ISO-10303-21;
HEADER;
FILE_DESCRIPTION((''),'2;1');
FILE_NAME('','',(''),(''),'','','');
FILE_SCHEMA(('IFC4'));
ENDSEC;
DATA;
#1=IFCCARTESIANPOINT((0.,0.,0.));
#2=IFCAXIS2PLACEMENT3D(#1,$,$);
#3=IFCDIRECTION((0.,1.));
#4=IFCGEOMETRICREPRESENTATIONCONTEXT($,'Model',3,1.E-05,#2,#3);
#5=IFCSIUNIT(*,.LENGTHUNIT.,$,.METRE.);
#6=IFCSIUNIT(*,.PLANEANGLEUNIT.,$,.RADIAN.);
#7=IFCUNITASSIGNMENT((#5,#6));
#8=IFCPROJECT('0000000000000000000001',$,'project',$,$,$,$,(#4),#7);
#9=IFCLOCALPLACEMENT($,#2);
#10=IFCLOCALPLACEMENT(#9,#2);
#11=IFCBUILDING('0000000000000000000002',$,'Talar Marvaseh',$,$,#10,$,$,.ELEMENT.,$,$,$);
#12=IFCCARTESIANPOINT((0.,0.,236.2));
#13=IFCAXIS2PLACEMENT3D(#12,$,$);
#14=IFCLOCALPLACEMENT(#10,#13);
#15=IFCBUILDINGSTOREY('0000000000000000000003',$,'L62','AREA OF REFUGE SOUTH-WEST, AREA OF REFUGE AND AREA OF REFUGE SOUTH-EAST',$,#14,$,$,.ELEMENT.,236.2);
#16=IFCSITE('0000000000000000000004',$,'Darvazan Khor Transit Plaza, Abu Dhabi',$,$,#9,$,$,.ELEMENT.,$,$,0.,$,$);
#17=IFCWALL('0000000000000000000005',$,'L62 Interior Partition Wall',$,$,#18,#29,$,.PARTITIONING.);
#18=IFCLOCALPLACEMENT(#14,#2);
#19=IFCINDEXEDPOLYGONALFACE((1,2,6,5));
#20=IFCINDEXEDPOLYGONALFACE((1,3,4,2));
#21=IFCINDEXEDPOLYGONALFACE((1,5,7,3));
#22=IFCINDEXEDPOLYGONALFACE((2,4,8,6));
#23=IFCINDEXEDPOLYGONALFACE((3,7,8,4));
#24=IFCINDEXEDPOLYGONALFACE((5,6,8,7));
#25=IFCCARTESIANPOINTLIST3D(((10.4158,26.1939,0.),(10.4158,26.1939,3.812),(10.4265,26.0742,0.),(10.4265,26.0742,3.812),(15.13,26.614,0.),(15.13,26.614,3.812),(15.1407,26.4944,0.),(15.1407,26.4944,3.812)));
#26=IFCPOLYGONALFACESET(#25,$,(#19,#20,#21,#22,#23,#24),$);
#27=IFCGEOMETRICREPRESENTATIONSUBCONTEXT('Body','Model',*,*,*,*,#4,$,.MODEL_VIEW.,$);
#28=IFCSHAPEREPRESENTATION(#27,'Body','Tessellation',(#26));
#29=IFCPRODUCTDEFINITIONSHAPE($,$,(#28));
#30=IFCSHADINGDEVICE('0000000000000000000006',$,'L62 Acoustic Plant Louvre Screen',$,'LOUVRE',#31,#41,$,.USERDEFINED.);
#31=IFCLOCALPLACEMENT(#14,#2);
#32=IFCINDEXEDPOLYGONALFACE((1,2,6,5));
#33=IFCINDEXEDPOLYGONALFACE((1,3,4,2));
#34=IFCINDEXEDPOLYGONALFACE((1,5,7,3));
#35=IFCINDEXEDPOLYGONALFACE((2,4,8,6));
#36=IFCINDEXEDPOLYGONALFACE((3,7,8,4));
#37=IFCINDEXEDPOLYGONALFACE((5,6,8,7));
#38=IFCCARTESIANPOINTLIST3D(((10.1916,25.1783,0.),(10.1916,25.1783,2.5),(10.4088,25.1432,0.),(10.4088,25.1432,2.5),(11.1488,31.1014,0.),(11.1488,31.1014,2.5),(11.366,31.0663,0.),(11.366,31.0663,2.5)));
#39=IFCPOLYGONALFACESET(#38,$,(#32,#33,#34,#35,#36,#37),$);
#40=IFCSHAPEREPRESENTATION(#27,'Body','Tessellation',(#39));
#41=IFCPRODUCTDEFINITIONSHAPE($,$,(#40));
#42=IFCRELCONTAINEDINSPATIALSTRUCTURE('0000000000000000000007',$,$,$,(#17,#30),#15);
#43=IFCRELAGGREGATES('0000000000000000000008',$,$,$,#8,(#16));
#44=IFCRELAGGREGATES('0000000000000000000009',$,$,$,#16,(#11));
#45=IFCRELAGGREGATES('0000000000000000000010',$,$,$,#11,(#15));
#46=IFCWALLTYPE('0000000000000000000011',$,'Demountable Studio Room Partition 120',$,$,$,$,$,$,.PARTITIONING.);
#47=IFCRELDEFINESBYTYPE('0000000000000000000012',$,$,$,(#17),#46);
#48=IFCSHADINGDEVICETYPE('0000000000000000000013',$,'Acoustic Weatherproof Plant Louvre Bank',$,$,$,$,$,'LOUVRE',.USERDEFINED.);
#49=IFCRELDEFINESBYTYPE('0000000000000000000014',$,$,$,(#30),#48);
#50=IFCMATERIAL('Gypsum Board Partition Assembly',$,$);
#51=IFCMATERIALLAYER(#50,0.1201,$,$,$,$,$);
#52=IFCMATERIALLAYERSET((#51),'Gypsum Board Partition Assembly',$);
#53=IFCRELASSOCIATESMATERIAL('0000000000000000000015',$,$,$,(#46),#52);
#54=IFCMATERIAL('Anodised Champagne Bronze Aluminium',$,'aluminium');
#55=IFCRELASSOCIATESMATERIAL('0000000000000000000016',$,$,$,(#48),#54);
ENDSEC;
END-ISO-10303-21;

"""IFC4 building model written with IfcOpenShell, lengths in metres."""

from ifc_helpers import new_model, si_unit, direction, frame, frame_2d, origin, origin_2d, place, context, subcontext, project, spatial, rectangle, extrude, source, transform, mapped, material, layer, layer_set, type_object, type_shapes, element, save


model = new_model("IFC4")

# Units and contexts
model_context = context("Model", 3, precision=1e-05, world=origin(), true_north=direction((0.0, 1.0)))
body_context = subcontext(model_context, "Body", "Model", "MODEL_VIEW")
ifc_project = project(units=[si_unit("LENGTHUNIT", "METRE"), si_unit("PLANEANGLEUNIT", "RADIAN")], contexts=[model_context])

# Site, building, storey
site_placement = place(None, origin())
site = spatial("IfcSite", under=ifc_project, at=site_placement, Name="Darvazan Khor Transit Plaza, Abu Dhabi", CompositionType="ELEMENT", RefElevation=0.0)
building_placement = place(site_placement, origin())
building = spatial("IfcBuilding", under=site, at=building_placement, Name="Talar Marvaseh", CompositionType="ELEMENT")
storey_placement = place(building_placement, frame((0.0, 0.0, 236.2)))
storey = spatial("IfcBuildingStorey", under=building, at=storey_placement, Name="L62", Description="AREA OF REFUGE SOUTH-WEST, AREA OF REFUGE AND AREA OF REFUGE SOUTH-EAST", CompositionType="ELEMENT", Elevation=236.2)

# Wall
ifc_material_1 = material(Name="Gypsum Board Partition Assembly")
ifc_layer_1 = layer(ifc_material_1, 0.1201)
ifc_layer_set_1 = layer_set([ifc_layer_1], Name="Gypsum Board Partition Assembly")
wall_type_1 = type_object("IfcWallType", Name="Demountable Studio Room Partition 120", PredefinedType="PARTITIONING", material=ifc_layer_set_1)
wall_1_placement = place(storey_placement, frame((10.4211, 26.134, 0.0), z_axis=(0.0, 0.0, 1.0), x_axis=(0.996051, 0.088777, 0.0)))
element("IfcWall", 1, at=wall_1_placement, inside=storey, type_object=wall_type_1, Name="L62 Interior Partition Wall", PredefinedType="PARTITIONING", context=body_context, shape_type="SweptSolid", body=[
    extrude(rectangle(XDim=4.7329, YDim=0.1201, at=frame_2d((2.3665, 0.0))), origin(), (0.0, 0.0, 1.0), 3.812),
])

# Shading device
ifc_material_2 = material(Name="Anodised Champagne Bronze Aluminium", Category="aluminium")
shading_device_type = type_object("IfcShadingDeviceType", Name="Acoustic Weatherproof Plant Louvre Bank", ElementType="LOUVRE", PredefinedType="USERDEFINED", material=ifc_material_2)
shared_shape_1 = source(origin(), body_context, "Body", "SweptSolid", [
    extrude(rectangle(XDim=6.0, YDim=0.22, at=origin_2d()), origin(), (0.0, 0.0, 1.0), 2.5),
])
type_shapes(shading_device_type, [shared_shape_1])
shading_device_placement = place(storey_placement, frame((10.7788, 28.1223, 0.0), z_axis=(0.0, 0.0, 1.0), x_axis=(0.159537, 0.987192, 0.0)))
element("IfcShadingDevice", 2, at=shading_device_placement, inside=storey, type_object=shading_device_type, Name="L62 Acoustic Plant Louvre Screen", ObjectType="LOUVRE", PredefinedType="USERDEFINED", context=body_context, shape_type="MappedRepresentation", body=[
    mapped(shared_shape_1, transform((0.0, 0.0, 0.0), x_axis=(1.0, 0.0, 0.0), y_axis=(0.0, 1.0, 0.0), z_axis=(0.0, 0.0, 1.0), scale=1.0)),
])

save(model, "model.ifc")
